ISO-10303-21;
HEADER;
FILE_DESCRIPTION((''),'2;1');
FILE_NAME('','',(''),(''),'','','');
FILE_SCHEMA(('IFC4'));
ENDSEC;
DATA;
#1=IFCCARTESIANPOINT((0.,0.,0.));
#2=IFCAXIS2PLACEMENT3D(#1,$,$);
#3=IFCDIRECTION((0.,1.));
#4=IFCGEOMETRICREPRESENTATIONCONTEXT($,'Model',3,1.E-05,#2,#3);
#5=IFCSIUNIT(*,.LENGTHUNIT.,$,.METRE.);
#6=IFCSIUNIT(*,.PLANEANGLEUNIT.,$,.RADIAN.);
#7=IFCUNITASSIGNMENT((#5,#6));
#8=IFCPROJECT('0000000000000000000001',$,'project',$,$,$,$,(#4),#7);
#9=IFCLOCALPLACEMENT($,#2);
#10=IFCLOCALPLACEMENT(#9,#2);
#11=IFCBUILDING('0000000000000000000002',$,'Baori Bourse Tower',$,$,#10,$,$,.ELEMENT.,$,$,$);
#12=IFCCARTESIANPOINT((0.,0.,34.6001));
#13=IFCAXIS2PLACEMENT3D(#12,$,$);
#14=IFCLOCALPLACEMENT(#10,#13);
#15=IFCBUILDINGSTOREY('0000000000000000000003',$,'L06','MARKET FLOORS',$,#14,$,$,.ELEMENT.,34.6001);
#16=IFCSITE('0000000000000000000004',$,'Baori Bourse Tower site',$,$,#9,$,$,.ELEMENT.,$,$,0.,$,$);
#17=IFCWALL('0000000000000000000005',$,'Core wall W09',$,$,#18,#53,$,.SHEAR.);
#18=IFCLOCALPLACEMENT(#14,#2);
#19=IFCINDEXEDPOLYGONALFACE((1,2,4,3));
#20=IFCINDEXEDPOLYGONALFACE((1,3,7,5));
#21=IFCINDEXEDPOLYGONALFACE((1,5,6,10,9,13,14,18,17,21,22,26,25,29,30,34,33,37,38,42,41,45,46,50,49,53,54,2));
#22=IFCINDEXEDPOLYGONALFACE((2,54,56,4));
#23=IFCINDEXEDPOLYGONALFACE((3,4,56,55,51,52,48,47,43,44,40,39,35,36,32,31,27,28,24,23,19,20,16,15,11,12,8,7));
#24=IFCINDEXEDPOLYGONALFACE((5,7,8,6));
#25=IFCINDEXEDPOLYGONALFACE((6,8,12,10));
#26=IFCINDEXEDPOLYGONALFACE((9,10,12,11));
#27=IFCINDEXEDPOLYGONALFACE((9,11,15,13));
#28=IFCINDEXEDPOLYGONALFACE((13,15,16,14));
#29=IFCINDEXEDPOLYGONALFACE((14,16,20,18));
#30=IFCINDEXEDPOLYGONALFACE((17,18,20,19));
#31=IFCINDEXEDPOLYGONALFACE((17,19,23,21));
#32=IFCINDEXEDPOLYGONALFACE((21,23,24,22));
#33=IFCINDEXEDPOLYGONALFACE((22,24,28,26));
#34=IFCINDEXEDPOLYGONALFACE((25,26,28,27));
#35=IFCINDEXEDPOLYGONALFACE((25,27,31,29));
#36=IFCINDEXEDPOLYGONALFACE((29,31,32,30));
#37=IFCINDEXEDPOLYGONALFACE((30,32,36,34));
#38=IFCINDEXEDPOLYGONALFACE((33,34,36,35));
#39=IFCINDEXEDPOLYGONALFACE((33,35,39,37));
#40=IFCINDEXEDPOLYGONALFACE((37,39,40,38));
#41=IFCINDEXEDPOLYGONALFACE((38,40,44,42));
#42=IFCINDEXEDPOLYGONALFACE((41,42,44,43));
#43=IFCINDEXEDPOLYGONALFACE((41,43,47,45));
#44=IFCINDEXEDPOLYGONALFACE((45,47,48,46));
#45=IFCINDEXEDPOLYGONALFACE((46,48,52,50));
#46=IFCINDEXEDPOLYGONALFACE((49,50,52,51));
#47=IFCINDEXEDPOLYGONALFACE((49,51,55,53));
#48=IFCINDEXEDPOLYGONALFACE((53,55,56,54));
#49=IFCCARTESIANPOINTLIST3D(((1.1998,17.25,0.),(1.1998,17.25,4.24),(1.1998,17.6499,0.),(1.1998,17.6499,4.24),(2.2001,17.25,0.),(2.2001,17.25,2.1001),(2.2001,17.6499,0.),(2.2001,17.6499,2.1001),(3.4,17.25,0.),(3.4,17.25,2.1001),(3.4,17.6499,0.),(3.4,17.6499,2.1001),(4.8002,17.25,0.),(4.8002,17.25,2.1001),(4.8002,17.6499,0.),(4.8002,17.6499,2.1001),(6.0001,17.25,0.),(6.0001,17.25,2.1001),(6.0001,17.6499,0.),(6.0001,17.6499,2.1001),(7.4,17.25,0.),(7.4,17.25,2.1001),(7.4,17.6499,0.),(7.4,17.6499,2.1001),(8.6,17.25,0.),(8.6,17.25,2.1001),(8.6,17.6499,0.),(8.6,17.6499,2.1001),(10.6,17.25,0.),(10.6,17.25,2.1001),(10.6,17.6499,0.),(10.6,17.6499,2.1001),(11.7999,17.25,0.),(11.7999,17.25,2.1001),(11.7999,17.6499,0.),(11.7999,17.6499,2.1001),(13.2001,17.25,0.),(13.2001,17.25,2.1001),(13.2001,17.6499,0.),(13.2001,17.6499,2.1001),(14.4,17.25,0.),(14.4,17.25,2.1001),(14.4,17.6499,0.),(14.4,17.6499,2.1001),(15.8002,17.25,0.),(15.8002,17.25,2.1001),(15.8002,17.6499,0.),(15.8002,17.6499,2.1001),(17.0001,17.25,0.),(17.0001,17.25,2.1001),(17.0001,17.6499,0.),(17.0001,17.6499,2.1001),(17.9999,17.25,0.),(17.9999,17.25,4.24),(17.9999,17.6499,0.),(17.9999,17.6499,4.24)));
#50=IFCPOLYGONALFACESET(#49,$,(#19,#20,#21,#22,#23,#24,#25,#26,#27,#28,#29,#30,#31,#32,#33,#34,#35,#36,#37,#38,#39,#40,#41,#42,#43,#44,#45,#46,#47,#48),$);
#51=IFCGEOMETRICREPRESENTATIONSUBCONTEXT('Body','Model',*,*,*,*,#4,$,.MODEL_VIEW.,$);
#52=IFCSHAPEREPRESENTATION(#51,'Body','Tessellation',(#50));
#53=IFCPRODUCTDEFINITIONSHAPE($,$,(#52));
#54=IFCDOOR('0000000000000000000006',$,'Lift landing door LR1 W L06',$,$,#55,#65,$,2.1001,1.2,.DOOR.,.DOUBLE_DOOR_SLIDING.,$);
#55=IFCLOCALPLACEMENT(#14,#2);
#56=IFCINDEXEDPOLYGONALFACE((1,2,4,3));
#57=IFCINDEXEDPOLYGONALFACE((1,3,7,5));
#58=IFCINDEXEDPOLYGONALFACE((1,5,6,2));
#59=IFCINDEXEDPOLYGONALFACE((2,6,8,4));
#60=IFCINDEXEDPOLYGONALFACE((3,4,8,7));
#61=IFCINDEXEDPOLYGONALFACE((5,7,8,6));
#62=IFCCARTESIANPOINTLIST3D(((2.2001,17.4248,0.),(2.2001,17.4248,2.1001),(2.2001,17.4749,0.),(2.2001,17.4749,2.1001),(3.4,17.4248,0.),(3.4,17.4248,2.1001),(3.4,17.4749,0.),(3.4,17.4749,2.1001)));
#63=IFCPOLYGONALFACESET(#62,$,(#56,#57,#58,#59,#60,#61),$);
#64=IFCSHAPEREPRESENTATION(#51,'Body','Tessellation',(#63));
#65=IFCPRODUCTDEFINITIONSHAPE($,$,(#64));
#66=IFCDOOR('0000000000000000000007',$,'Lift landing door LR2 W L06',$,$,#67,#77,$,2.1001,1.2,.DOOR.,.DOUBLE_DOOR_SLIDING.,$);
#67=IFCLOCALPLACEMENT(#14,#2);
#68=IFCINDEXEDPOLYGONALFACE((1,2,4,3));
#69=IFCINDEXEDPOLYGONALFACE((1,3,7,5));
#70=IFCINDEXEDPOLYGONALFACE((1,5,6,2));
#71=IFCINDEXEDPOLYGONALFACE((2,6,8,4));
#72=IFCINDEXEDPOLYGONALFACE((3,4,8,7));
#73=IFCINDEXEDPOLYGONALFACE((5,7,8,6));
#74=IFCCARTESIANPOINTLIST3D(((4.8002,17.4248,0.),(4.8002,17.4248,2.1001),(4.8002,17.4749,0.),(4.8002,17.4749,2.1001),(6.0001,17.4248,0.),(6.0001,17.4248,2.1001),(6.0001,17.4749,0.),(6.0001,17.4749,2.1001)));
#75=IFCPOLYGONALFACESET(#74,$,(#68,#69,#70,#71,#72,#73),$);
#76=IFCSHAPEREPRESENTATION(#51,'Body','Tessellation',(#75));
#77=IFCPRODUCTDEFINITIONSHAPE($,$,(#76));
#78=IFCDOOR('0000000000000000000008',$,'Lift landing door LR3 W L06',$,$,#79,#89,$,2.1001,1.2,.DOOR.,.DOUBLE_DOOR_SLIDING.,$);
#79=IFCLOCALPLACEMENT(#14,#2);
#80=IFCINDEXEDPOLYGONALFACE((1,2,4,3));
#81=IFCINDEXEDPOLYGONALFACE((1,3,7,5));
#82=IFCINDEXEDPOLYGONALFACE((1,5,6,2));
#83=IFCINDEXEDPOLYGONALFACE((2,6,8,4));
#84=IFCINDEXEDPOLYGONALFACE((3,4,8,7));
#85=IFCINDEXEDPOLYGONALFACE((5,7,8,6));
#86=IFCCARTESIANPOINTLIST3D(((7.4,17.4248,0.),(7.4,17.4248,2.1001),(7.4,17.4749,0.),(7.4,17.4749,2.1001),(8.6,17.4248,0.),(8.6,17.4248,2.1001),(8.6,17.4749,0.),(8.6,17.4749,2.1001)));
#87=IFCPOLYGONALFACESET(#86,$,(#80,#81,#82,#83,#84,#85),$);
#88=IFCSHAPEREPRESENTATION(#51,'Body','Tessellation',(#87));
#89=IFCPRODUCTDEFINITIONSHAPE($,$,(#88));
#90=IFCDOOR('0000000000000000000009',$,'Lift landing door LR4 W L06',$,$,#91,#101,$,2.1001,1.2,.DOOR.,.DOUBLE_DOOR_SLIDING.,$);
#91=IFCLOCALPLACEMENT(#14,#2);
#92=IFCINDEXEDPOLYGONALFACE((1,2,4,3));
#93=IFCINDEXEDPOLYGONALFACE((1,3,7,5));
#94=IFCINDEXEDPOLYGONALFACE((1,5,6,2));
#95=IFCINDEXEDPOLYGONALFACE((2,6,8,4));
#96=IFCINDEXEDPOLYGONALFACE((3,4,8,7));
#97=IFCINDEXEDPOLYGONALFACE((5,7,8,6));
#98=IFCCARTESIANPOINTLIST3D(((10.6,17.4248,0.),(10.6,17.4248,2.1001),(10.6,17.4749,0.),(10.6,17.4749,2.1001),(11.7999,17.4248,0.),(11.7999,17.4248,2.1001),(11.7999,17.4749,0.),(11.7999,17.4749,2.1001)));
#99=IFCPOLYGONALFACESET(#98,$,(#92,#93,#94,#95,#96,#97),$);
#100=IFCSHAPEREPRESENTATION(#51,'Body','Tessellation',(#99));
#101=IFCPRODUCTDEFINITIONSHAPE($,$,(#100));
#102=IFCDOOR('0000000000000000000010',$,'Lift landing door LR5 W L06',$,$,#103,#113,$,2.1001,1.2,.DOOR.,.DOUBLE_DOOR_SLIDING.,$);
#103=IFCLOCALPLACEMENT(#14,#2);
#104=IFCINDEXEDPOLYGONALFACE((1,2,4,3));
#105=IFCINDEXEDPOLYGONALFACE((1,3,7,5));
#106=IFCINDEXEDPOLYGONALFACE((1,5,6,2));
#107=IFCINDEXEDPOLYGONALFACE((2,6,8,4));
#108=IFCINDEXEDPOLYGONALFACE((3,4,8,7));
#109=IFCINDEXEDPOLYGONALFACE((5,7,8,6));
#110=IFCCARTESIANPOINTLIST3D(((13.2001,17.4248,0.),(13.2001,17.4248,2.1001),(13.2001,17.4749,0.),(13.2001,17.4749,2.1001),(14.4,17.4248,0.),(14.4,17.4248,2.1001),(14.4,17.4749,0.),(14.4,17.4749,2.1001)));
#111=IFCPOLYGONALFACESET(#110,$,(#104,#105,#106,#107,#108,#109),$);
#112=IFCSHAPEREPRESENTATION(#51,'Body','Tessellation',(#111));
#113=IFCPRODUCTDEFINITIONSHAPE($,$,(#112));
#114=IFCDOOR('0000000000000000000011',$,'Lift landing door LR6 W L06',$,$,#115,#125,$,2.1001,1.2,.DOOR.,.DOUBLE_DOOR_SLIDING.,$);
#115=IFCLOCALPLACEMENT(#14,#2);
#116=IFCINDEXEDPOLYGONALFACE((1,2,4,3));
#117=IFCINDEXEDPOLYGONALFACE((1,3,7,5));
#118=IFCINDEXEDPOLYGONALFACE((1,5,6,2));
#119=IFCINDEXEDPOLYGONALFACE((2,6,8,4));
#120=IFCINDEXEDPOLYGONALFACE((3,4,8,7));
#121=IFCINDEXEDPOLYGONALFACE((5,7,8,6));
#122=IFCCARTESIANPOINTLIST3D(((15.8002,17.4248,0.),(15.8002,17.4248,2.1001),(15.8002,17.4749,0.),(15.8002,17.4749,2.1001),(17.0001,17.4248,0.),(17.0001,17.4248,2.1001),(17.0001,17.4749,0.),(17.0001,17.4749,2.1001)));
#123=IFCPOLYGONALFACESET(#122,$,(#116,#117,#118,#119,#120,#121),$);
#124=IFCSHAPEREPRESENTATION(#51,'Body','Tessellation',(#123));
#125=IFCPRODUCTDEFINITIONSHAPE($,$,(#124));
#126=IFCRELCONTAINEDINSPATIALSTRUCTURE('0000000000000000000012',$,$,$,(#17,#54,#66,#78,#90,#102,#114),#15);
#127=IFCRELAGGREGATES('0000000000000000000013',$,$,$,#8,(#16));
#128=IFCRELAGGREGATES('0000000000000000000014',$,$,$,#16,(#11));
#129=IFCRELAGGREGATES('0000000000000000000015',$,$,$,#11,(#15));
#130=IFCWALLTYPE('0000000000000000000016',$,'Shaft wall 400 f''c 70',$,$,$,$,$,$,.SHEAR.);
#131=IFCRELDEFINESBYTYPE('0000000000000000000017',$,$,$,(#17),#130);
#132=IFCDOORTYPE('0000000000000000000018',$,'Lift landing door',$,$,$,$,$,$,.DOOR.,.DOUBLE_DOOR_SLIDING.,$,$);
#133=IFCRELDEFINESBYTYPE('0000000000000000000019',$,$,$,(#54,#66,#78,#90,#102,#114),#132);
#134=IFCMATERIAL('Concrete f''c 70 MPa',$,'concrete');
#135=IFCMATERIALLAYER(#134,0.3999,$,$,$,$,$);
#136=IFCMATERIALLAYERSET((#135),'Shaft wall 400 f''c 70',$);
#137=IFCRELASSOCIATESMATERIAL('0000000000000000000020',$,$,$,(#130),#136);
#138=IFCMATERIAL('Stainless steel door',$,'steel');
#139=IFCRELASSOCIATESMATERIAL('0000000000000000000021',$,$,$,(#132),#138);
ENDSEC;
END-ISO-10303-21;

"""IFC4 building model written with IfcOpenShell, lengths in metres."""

from ifc_helpers import new_model, si_unit, direction, frame, frame_2d, origin, place, context, subcontext, project, spatial, rectangle, extrude, material, layer, layer_set, type_object, element, fill, save


model = new_model("IFC4")

# Units and contexts
model_context = context("Model", 3, precision=1e-05, world=origin(), true_north=direction((0.0, 1.0)))
body_context = subcontext(model_context, "Body", "Model", "MODEL_VIEW")
ifc_project = project(units=[si_unit("LENGTHUNIT", "METRE"), si_unit("PLANEANGLEUNIT", "RADIAN")], contexts=[model_context])

# Site, building, storey
site_placement = place(None, origin())
site = spatial("IfcSite", under=ifc_project, at=site_placement, Name="Baori Bourse Tower site", CompositionType="ELEMENT", RefElevation=0.0)
building_placement = place(site_placement, origin())
building = spatial("IfcBuilding", under=site, at=building_placement, Name="Baori Bourse Tower", CompositionType="ELEMENT")
storey_placement = place(building_placement, frame((0.0, 0.0, 34.6001)))
storey = spatial("IfcBuildingStorey", under=building, at=storey_placement, Name="L06", Description="MARKET FLOORS", CompositionType="ELEMENT", Elevation=34.6001)

# Shared definitions
ifc_material_1 = material(Name="Concrete f'c 70 MPa", Category="concrete")
ifc_layer_1 = layer(ifc_material_1, 0.3999)
ifc_layer_set_1 = layer_set([ifc_layer_1], Name="Shaft wall 400 f'c 70")
wall_type_1 = type_object("IfcWallType", Name="Shaft wall 400 f'c 70", PredefinedType="SHEAR", material=ifc_layer_set_1)

# Wall, openings, doors
wall_1_placement = place(storey_placement, frame((1.2, 17.45, 0.0), z_axis=(0.0, 0.0, 1.0), x_axis=(1.0, 0.0, 0.0)))
wall_1 = element("IfcWall", 1, at=wall_1_placement, inside=storey, type_object=wall_type_1, Name="Core wall W09", PredefinedType="SHEAR", context=body_context, shape_type="SweptSolid", body=[
    extrude(rectangle(XDim=16.8, YDim=0.3999, at=frame_2d((8.3999, 0.0))), origin(), (0.0, 0.0, 1.0), 4.24),
])
opening_1_placement = place(wall_1_placement, frame((1.0, 0.0, 0.0)))
opening_1 = element("IfcOpeningElement", 2, at=opening_1_placement, cuts=wall_1, PredefinedType="OPENING", context=body_context, shape_type="SweptSolid", body=[
    extrude(rectangle(XDim=1.2, YDim=2.1001, at=frame_2d((0.6001, 1.05))), frame((0.0, 0.21, 0.0), z_axis=(0.0, -1.0, 0.0), x_axis=(1.0, 0.0, 0.0)), (0.0, 0.0, 1.0), 0.4199),
])
opening_2_placement = place(wall_1_placement, frame((3.6001, 0.0, 0.0)))
opening_2 = element("IfcOpeningElement", 3, at=opening_2_placement, cuts=wall_1, PredefinedType="OPENING", context=body_context, shape_type="SweptSolid", body=[
    extrude(rectangle(XDim=1.2, YDim=2.1001, at=frame_2d((0.6001, 1.05))), frame((0.0, 0.21, 0.0), z_axis=(0.0, -1.0, 0.0), x_axis=(1.0, 0.0, 0.0)), (0.0, 0.0, 1.0), 0.4199),
])
opening_3_placement = place(wall_1_placement, frame((6.2, 0.0, 0.0)))
opening_3 = element("IfcOpeningElement", 4, at=opening_3_placement, cuts=wall_1, PredefinedType="OPENING", context=body_context, shape_type="SweptSolid", body=[
    extrude(rectangle(XDim=1.2, YDim=2.1001, at=frame_2d((0.6001, 1.05))), frame((0.0, 0.21, 0.0), z_axis=(0.0, -1.0, 0.0), x_axis=(1.0, 0.0, 0.0)), (0.0, 0.0, 1.0), 0.4199),
])
opening_4_placement = place(wall_1_placement, frame((9.3999, 0.0, 0.0)))
opening_4 = element("IfcOpeningElement", 5, at=opening_4_placement, cuts=wall_1, PredefinedType="OPENING", context=body_context, shape_type="SweptSolid", body=[
    extrude(rectangle(XDim=1.2, YDim=2.1001, at=frame_2d((0.6001, 1.05))), frame((0.0, 0.21, 0.0), z_axis=(0.0, -1.0, 0.0), x_axis=(1.0, 0.0, 0.0)), (0.0, 0.0, 1.0), 0.4199),
])
opening_5_placement = place(wall_1_placement, frame((12.0, 0.0, 0.0)))
opening_5 = element("IfcOpeningElement", 6, at=opening_5_placement, cuts=wall_1, PredefinedType="OPENING", context=body_context, shape_type="SweptSolid", body=[
    extrude(rectangle(XDim=1.2, YDim=2.1001, at=frame_2d((0.6001, 1.05))), frame((0.0, 0.21, 0.0), z_axis=(0.0, -1.0, 0.0), x_axis=(1.0, 0.0, 0.0)), (0.0, 0.0, 1.0), 0.4199),
])
opening_6_placement = place(wall_1_placement, frame((14.6001, 0.0, 0.0)))
opening_6 = element("IfcOpeningElement", 7, at=opening_6_placement, cuts=wall_1, PredefinedType="OPENING", context=body_context, shape_type="SweptSolid", body=[
    extrude(rectangle(XDim=1.2, YDim=2.1001, at=frame_2d((0.6001, 1.05))), frame((0.0, 0.21, 0.0), z_axis=(0.0, -1.0, 0.0), x_axis=(1.0, 0.0, 0.0)), (0.0, 0.0, 1.0), 0.4199),
])
ifc_material_2 = material(Name="Stainless steel door", Category="steel")
door_type_1 = type_object("IfcDoorType", Name="Lift landing door", OperationType="DOUBLE_DOOR_SLIDING", PredefinedType="DOOR", material=ifc_material_2)
door_1_placement = place(opening_1_placement, origin())
door_1 = element("IfcDoor", 8, at=door_1_placement, inside=storey, type_object=door_type_1, Name="Lift landing door LR1 W L06", OperationType="DOUBLE_DOOR_SLIDING", OverallHeight=2.1001, OverallWidth=1.2, PredefinedType="DOOR", context=body_context, shape_type="SweptSolid", body=[
    extrude(rectangle(XDim=1.2, YDim=2.1001, at=frame_2d((0.6001, 1.05))), frame((0.0, 0.0249, 0.0), z_axis=(0.0, -1.0, 0.0), x_axis=(1.0, 0.0, 0.0)), (0.0, 0.0, 1.0), 0.05),
])
fill(opening_1, door_1)
door_2_placement = place(opening_2_placement, origin())
door_2 = element("IfcDoor", 9, at=door_2_placement, inside=storey, type_object=door_type_1, Name="Lift landing door LR2 W L06", OperationType="DOUBLE_DOOR_SLIDING", OverallHeight=2.1001, OverallWidth=1.2, PredefinedType="DOOR", context=body_context, shape_type="SweptSolid", body=[
    extrude(rectangle(XDim=1.2, YDim=2.1001, at=frame_2d((0.6001, 1.05))), frame((0.0, 0.0249, 0.0), z_axis=(0.0, -1.0, 0.0), x_axis=(1.0, 0.0, 0.0)), (0.0, 0.0, 1.0), 0.05),
])
fill(opening_2, door_2)
door_3_placement = place(opening_3_placement, origin())
door_3 = element("IfcDoor", 10, at=door_3_placement, inside=storey, type_object=door_type_1, Name="Lift landing door LR3 W L06", OperationType="DOUBLE_DOOR_SLIDING", OverallHeight=2.1001, OverallWidth=1.2, PredefinedType="DOOR", context=body_context, shape_type="SweptSolid", body=[
    extrude(rectangle(XDim=1.2, YDim=2.1001, at=frame_2d((0.6001, 1.05))), frame((0.0, 0.0249, 0.0), z_axis=(0.0, -1.0, 0.0), x_axis=(1.0, 0.0, 0.0)), (0.0, 0.0, 1.0), 0.05),
])
fill(opening_3, door_3)
door_4_placement = place(opening_4_placement, origin())
door_4 = element("IfcDoor", 11, at=door_4_placement, inside=storey, type_object=door_type_1, Name="Lift landing door LR4 W L06", OperationType="DOUBLE_DOOR_SLIDING", OverallHeight=2.1001, OverallWidth=1.2, PredefinedType="DOOR", context=body_context, shape_type="SweptSolid", body=[
    extrude(rectangle(XDim=1.2, YDim=2.1001, at=frame_2d((0.6001, 1.05))), frame((0.0, 0.0249, 0.0), z_axis=(0.0, -1.0, 0.0), x_axis=(1.0, 0.0, 0.0)), (0.0, 0.0, 1.0), 0.05),
])
fill(opening_4, door_4)
door_5_placement = place(opening_5_placement, origin())
door_5 = element("IfcDoor", 12, at=door_5_placement, inside=storey, type_object=door_type_1, Name="Lift landing door LR5 W L06", OperationType="DOUBLE_DOOR_SLIDING", OverallHeight=2.1001, OverallWidth=1.2, PredefinedType="DOOR", context=body_context, shape_type="SweptSolid", body=[
    extrude(rectangle(XDim=1.2, YDim=2.1001, at=frame_2d((0.6001, 1.05))), frame((0.0, 0.0249, 0.0), z_axis=(0.0, -1.0, 0.0), x_axis=(1.0, 0.0, 0.0)), (0.0, 0.0, 1.0), 0.05),
])
fill(opening_5, door_5)
door_6_placement = place(opening_6_placement, origin())
door_6 = element("IfcDoor", 13, at=door_6_placement, inside=storey, type_object=door_type_1, Name="Lift landing door LR6 W L06", OperationType="DOUBLE_DOOR_SLIDING", OverallHeight=2.1001, OverallWidth=1.2, PredefinedType="DOOR", context=body_context, shape_type="SweptSolid", body=[
    extrude(rectangle(XDim=1.2, YDim=2.1001, at=frame_2d((0.6001, 1.05))), frame((0.0, 0.0249, 0.0), z_axis=(0.0, -1.0, 0.0), x_axis=(1.0, 0.0, 0.0)), (0.0, 0.0, 1.0), 0.05),
])
fill(opening_6, door_6)

save(model, "model.ifc")
